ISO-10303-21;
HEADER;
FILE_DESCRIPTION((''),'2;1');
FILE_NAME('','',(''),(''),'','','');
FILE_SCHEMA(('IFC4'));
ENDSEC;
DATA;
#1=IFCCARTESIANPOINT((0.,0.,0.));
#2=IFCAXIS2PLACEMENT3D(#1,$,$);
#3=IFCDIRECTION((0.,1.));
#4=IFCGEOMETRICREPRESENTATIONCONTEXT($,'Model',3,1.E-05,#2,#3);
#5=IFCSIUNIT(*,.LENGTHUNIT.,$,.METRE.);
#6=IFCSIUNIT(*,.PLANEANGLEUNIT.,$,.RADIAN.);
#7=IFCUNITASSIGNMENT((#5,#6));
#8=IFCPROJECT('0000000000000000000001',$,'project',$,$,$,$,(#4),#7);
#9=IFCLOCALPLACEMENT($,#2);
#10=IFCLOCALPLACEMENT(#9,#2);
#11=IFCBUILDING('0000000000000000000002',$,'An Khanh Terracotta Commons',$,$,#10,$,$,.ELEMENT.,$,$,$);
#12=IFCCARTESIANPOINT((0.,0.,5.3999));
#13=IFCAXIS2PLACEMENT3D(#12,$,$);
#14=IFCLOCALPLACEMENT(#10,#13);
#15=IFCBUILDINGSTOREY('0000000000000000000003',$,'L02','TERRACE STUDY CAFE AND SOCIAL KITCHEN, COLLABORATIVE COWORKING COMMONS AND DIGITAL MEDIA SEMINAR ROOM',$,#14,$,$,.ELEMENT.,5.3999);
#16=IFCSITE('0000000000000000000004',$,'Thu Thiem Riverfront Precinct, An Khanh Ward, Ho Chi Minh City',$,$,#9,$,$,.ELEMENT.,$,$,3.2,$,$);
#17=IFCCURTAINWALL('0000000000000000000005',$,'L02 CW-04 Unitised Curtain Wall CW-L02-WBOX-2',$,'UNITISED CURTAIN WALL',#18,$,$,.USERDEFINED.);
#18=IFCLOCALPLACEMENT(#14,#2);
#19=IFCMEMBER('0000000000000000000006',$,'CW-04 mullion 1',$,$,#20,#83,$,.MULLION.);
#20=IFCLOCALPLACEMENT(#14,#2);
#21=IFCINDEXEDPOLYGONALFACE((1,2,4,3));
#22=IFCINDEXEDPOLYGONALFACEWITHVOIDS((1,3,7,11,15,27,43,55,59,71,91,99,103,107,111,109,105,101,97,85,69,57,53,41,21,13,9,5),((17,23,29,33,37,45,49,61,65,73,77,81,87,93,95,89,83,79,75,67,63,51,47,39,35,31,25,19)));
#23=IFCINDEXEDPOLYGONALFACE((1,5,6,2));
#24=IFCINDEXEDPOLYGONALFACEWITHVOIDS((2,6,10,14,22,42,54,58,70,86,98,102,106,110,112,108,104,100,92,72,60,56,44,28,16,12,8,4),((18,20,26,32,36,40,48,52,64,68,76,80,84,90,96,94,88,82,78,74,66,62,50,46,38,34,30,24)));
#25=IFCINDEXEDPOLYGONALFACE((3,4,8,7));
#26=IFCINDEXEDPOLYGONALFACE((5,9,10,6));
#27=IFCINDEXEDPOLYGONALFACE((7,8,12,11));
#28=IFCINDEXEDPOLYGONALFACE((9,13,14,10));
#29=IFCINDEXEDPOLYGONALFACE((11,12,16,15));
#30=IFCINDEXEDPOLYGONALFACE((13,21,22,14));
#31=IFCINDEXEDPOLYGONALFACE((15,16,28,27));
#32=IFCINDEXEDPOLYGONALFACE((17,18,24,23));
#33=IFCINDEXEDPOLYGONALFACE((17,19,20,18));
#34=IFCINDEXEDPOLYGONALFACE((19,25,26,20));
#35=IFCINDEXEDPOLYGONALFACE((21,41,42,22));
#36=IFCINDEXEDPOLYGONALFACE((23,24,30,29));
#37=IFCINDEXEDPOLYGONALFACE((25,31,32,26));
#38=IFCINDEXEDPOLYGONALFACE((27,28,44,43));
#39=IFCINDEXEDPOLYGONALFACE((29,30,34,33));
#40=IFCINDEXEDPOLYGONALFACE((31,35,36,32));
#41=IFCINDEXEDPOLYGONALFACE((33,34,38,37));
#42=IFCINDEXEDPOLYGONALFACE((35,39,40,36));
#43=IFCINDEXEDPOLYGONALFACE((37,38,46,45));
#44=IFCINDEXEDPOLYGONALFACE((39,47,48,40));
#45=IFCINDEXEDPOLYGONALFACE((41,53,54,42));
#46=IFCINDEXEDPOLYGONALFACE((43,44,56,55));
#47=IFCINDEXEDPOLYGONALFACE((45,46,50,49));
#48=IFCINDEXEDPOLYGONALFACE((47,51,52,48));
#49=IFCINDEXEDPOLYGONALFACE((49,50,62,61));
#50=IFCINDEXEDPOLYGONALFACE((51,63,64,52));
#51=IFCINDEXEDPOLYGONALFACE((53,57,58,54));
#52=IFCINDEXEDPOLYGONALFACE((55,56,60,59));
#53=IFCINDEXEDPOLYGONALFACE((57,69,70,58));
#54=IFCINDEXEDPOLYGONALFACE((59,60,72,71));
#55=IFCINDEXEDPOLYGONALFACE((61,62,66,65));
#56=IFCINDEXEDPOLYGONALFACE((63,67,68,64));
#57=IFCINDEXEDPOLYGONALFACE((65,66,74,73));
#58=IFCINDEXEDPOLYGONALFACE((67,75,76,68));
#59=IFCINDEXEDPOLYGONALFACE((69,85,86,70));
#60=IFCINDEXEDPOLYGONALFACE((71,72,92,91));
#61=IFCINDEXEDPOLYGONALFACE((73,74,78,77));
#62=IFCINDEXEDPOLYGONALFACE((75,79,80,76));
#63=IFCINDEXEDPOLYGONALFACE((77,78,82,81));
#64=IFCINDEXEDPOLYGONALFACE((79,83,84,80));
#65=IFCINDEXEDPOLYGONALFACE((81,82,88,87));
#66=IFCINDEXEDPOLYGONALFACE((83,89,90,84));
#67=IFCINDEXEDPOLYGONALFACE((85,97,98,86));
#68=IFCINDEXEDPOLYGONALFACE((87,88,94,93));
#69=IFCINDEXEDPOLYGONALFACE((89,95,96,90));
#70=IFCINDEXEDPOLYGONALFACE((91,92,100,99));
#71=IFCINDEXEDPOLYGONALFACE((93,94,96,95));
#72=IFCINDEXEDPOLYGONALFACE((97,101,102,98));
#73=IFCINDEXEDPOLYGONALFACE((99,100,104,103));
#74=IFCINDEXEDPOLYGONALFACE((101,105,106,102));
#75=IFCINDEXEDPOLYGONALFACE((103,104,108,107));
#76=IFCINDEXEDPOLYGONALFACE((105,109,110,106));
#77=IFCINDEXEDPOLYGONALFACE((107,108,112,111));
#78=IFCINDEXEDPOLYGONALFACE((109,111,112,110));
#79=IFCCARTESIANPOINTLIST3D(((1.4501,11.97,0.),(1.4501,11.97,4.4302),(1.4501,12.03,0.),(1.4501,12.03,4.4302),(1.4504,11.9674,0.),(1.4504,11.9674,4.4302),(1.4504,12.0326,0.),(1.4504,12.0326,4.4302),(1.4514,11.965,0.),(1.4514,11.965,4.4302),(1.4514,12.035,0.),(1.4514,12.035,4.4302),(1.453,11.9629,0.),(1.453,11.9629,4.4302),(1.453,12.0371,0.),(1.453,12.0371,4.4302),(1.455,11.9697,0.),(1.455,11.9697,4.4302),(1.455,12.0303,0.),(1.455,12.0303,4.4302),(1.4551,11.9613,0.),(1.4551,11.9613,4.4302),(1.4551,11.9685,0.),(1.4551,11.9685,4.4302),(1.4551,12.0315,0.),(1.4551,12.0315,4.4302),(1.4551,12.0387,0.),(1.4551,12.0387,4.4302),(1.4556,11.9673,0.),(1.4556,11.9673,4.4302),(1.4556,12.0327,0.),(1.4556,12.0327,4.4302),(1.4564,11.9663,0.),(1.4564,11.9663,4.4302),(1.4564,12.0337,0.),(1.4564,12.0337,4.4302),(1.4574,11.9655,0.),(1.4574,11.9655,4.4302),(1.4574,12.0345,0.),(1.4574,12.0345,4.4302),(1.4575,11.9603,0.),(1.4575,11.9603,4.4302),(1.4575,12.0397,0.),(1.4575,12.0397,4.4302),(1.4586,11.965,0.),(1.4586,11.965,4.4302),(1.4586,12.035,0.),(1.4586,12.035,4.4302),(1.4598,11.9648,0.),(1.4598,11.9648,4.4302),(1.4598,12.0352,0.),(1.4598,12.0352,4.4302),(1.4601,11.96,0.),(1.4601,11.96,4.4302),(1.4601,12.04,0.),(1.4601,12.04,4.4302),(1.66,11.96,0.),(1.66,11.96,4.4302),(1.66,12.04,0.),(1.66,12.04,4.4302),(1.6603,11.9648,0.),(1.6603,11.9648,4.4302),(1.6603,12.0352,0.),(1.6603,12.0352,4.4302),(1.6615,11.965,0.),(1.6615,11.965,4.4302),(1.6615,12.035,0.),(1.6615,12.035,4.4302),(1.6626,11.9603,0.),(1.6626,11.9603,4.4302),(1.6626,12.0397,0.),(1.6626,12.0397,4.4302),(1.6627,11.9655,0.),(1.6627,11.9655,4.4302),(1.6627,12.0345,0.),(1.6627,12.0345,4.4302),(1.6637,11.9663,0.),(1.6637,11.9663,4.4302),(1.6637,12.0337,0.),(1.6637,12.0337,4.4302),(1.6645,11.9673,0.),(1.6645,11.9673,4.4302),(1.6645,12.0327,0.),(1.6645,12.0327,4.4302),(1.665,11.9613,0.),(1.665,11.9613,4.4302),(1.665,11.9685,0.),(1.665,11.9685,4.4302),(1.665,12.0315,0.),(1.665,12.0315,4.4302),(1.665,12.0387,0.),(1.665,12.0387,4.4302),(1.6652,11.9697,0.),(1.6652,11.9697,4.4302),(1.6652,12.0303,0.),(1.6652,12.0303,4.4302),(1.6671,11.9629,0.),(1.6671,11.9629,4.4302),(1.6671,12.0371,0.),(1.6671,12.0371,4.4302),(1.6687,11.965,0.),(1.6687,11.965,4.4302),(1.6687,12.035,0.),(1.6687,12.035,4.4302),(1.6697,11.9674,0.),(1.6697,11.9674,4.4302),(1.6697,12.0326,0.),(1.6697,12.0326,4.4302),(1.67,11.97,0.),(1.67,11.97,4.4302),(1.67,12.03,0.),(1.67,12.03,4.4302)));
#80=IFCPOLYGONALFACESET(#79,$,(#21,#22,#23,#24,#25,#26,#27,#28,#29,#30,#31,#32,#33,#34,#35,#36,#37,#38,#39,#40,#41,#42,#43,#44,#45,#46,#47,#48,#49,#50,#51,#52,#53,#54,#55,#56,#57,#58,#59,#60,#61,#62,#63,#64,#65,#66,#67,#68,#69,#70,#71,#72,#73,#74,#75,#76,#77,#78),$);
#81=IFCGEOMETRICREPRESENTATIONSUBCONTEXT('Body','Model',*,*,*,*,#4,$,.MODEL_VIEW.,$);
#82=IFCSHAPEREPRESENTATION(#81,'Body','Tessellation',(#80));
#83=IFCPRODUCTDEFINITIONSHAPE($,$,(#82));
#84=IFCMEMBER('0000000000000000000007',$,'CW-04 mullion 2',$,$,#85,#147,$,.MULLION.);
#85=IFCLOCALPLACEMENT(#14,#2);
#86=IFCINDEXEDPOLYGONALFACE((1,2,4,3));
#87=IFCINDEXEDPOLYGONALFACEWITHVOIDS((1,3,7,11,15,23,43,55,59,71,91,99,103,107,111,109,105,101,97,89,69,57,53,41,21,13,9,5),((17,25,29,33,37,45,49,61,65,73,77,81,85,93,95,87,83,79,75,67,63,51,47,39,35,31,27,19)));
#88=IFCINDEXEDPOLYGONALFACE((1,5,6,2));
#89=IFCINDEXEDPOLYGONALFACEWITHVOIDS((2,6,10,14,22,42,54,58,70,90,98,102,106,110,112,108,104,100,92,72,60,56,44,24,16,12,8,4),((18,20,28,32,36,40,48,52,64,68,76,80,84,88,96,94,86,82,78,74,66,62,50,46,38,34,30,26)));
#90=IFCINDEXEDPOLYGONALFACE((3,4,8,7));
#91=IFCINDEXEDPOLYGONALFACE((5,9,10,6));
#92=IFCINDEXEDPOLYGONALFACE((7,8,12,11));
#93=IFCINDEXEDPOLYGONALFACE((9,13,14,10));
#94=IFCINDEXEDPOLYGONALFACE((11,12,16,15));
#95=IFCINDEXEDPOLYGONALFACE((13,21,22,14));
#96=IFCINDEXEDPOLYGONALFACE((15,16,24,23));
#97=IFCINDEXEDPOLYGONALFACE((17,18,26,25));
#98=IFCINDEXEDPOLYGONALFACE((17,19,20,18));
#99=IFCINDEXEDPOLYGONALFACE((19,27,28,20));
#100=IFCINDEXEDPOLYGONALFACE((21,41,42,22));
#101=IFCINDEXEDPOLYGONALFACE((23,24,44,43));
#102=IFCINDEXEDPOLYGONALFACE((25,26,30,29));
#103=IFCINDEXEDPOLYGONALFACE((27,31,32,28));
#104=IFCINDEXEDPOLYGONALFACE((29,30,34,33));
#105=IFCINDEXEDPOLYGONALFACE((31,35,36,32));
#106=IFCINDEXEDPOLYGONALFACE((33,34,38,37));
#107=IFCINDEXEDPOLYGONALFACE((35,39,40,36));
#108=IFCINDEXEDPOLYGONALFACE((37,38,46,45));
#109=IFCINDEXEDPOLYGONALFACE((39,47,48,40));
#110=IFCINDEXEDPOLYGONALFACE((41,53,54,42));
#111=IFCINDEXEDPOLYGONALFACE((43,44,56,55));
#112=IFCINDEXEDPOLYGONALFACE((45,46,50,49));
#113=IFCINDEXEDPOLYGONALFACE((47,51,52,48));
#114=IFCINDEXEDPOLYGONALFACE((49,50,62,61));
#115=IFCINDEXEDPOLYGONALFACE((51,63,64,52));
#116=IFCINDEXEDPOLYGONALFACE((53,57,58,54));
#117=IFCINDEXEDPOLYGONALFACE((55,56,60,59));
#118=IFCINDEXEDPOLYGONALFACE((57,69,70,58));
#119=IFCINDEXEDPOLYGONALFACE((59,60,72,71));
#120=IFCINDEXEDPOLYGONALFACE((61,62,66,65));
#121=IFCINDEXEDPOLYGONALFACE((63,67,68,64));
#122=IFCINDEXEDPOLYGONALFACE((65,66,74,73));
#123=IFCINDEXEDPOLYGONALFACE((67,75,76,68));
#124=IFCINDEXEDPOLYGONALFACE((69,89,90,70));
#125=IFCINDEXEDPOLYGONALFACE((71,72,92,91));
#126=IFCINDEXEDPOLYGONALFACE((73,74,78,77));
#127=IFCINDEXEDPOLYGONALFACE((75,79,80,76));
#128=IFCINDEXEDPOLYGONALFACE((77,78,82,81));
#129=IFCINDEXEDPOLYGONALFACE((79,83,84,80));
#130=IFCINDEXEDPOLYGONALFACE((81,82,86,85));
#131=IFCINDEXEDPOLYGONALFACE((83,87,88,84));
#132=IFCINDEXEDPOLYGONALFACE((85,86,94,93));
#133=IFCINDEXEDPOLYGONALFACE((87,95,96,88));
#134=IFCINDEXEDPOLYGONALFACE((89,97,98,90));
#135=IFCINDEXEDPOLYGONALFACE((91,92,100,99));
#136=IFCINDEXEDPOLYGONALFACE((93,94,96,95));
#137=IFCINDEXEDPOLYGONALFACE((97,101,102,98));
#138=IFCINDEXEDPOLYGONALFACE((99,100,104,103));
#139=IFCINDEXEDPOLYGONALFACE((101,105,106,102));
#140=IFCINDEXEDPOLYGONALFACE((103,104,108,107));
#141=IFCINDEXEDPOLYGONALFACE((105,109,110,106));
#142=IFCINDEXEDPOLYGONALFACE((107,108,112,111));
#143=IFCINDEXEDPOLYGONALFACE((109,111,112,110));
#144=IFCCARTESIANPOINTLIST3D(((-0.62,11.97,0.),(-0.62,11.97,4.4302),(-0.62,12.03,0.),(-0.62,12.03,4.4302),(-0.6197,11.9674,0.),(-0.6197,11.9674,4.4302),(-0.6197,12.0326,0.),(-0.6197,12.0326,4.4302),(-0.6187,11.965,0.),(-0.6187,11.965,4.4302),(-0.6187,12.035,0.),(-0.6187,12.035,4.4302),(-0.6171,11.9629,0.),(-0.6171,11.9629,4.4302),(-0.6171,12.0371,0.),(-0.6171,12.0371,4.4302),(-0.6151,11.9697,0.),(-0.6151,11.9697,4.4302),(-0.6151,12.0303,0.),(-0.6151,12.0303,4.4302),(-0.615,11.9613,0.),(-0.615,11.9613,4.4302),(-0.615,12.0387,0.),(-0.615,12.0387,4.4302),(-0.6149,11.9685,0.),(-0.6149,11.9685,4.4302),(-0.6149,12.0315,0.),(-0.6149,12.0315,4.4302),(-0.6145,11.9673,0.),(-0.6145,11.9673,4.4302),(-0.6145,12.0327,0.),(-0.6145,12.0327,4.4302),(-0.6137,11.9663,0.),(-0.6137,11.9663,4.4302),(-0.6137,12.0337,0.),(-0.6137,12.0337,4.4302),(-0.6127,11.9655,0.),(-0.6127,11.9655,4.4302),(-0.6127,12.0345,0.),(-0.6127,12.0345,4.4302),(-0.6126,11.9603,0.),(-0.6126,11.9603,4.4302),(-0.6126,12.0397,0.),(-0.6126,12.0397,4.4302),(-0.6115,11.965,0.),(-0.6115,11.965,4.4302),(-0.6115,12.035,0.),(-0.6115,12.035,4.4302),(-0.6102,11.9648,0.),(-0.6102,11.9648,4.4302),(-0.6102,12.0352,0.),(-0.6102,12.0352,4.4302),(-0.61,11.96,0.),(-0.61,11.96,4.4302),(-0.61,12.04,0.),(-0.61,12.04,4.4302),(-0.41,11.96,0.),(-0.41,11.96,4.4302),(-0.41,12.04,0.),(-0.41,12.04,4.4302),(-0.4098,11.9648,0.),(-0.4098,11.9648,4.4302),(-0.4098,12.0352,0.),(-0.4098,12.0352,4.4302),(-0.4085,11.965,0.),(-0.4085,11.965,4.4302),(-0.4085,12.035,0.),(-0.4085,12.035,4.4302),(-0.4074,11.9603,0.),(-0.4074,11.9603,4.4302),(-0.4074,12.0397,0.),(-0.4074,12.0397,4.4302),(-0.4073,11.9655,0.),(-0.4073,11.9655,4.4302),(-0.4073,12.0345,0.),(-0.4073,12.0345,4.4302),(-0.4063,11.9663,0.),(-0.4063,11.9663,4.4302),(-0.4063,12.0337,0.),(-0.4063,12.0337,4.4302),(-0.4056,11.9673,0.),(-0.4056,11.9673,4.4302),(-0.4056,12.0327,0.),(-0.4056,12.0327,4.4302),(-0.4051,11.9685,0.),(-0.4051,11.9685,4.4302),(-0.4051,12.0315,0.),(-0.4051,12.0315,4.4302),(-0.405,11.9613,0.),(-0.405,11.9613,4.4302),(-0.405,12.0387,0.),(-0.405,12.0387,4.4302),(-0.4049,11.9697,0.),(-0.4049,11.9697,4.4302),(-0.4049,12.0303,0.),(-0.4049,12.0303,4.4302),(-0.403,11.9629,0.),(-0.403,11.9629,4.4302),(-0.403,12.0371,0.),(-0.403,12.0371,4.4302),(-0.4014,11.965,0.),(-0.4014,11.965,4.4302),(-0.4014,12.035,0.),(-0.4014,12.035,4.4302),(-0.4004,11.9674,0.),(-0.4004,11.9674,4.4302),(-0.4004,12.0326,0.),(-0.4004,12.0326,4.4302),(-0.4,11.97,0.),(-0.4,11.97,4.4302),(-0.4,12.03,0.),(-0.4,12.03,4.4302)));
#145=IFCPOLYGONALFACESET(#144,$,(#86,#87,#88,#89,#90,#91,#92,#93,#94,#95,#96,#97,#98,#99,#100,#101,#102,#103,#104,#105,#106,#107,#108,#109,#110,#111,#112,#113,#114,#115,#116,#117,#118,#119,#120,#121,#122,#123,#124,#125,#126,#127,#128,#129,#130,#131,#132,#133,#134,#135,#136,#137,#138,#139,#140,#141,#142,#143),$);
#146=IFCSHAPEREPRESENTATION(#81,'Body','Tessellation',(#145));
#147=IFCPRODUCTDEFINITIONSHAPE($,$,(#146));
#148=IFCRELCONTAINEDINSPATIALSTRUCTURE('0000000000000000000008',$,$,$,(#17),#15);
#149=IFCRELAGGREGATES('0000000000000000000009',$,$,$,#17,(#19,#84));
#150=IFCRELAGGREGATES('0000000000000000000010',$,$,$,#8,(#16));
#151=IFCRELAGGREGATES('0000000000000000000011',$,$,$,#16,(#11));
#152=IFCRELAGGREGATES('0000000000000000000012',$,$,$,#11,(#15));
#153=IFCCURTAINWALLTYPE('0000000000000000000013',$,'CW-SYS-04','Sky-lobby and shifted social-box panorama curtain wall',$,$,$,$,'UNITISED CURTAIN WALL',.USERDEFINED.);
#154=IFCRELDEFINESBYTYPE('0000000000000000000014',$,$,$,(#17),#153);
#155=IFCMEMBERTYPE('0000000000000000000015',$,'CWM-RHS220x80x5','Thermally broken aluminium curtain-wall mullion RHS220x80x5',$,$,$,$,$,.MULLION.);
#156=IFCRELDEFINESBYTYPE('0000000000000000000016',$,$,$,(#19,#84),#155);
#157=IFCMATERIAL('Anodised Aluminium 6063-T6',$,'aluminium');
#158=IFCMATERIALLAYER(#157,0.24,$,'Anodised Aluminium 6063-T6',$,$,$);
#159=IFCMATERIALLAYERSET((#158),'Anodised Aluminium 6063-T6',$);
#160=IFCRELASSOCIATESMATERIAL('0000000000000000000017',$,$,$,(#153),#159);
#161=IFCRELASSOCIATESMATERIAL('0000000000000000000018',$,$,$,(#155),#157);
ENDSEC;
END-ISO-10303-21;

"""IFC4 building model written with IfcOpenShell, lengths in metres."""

from ifc_helpers import new_model, si_unit, direction, frame, origin, origin_2d, place, context, subcontext, project, spatial, hollow_rectangle, extrude, material, layer, layer_set, material_profile, profile_set, type_object, element, aggregate, save


model = new_model("IFC4")

# Units and contexts
model_context = context("Model", 3, precision=1e-05, world=origin(), true_north=direction((0.0, 1.0)))
body_context = subcontext(model_context, "Body", "Model", "MODEL_VIEW")
ifc_project = project(units=[si_unit("LENGTHUNIT", "METRE"), si_unit("PLANEANGLEUNIT", "RADIAN")], contexts=[model_context])

# Site, building, storey
site_placement = place(None, origin())
site = spatial("IfcSite", under=ifc_project, at=site_placement, Name="Thu Thiem Riverfront Precinct, An Khanh Ward, Ho Chi Minh City", CompositionType="ELEMENT", RefElevation=3.2)
building_placement = place(site_placement, origin())
building = spatial("IfcBuilding", under=site, at=building_placement, Name="An Khanh Terracotta Commons", CompositionType="ELEMENT")
storey_placement = place(building_placement, frame((0.0, 0.0, 5.3999)))
storey = spatial("IfcBuildingStorey", under=building, at=storey_placement, Name="L02", Description="TERRACE STUDY CAFE AND SOCIAL KITCHEN, COLLABORATIVE COWORKING COMMONS AND DIGITAL MEDIA SEMINAR ROOM", CompositionType="ELEMENT", Elevation=5.3999)

# Curtain wall, members
ifc_material_1 = material(Name="Anodised Aluminium 6063-T6", Category="aluminium")
ifc_layer_1 = layer(ifc_material_1, 0.24, Name="Anodised Aluminium 6063-T6")
ifc_layer_set_1 = layer_set([ifc_layer_1], Name="Anodised Aluminium 6063-T6")
curtain_wall_type = type_object("IfcCurtainWallType", Name="CW-SYS-04", Description="Sky-lobby and shifted social-box panorama curtain wall", ElementType="UNITISED CURTAIN WALL", PredefinedType="USERDEFINED", material=ifc_layer_set_1)
ifc_material_profile_1 = material_profile(ifc_material_1, hollow_rectangle(XDim=0.0801, YDim=0.22, WallThickness=0.0049, InnerFilletRadius=0.0049, OuterFilletRadius=0.01, at=origin_2d()), Name="RHS220x80x5")
ifc_profile_set_1 = profile_set([ifc_material_profile_1], Name="Anodised Aluminium 6063-T6")
member_type_1 = type_object("IfcMemberType", Name="CWM-RHS220x80x5", Description="Thermally broken aluminium curtain-wall mullion RHS220x80x5", PredefinedType="MULLION", material=ifc_profile_set_1)
curtain_wall_1_placement = place(storey_placement, origin())
curtain_wall_1 = element("IfcCurtainWall", 1, at=curtain_wall_1_placement, inside=storey, type_object=curtain_wall_type, Name="L02 CW-04 Unitised Curtain Wall CW-L02-WBOX-2", ObjectType="UNITISED CURTAIN WALL", PredefinedType="USERDEFINED")
member_1_placement = place(storey_placement, frame((1.5601, 12.0, 0.0), z_axis=(0.0, 0.0, 1.0), x_axis=(0.0, -1.0, 0.0)))
member_1 = element("IfcMember", 2, at=member_1_placement, type_object=member_type_1, Name="CW-04 mullion 1", PredefinedType="MULLION", context=body_context, shape_type="SweptSolid", body=[
    extrude(hollow_rectangle(XDim=0.0801, YDim=0.22, WallThickness=0.0049, InnerFilletRadius=0.0049, OuterFilletRadius=0.01, at=origin_2d()), origin(), (0.0, 0.0, 1.0), 4.4302),
])
member_2_placement = place(storey_placement, frame((-0.51, 12.0, 0.0), z_axis=(0.0, 0.0, 1.0), x_axis=(0.0, -1.0, 0.0)))
member_2 = element("IfcMember", 3, at=member_2_placement, type_object=member_type_1, Name="CW-04 mullion 2", PredefinedType="MULLION", context=body_context, shape_type="SweptSolid", body=[
    extrude(hollow_rectangle(XDim=0.0801, YDim=0.22, WallThickness=0.0049, InnerFilletRadius=0.0049, OuterFilletRadius=0.01, at=origin_2d()), origin(), (0.0, 0.0, 1.0), 4.4302),
])

aggregate(curtain_wall_1, [member_1, member_2])

save(model, "model.ifc")
